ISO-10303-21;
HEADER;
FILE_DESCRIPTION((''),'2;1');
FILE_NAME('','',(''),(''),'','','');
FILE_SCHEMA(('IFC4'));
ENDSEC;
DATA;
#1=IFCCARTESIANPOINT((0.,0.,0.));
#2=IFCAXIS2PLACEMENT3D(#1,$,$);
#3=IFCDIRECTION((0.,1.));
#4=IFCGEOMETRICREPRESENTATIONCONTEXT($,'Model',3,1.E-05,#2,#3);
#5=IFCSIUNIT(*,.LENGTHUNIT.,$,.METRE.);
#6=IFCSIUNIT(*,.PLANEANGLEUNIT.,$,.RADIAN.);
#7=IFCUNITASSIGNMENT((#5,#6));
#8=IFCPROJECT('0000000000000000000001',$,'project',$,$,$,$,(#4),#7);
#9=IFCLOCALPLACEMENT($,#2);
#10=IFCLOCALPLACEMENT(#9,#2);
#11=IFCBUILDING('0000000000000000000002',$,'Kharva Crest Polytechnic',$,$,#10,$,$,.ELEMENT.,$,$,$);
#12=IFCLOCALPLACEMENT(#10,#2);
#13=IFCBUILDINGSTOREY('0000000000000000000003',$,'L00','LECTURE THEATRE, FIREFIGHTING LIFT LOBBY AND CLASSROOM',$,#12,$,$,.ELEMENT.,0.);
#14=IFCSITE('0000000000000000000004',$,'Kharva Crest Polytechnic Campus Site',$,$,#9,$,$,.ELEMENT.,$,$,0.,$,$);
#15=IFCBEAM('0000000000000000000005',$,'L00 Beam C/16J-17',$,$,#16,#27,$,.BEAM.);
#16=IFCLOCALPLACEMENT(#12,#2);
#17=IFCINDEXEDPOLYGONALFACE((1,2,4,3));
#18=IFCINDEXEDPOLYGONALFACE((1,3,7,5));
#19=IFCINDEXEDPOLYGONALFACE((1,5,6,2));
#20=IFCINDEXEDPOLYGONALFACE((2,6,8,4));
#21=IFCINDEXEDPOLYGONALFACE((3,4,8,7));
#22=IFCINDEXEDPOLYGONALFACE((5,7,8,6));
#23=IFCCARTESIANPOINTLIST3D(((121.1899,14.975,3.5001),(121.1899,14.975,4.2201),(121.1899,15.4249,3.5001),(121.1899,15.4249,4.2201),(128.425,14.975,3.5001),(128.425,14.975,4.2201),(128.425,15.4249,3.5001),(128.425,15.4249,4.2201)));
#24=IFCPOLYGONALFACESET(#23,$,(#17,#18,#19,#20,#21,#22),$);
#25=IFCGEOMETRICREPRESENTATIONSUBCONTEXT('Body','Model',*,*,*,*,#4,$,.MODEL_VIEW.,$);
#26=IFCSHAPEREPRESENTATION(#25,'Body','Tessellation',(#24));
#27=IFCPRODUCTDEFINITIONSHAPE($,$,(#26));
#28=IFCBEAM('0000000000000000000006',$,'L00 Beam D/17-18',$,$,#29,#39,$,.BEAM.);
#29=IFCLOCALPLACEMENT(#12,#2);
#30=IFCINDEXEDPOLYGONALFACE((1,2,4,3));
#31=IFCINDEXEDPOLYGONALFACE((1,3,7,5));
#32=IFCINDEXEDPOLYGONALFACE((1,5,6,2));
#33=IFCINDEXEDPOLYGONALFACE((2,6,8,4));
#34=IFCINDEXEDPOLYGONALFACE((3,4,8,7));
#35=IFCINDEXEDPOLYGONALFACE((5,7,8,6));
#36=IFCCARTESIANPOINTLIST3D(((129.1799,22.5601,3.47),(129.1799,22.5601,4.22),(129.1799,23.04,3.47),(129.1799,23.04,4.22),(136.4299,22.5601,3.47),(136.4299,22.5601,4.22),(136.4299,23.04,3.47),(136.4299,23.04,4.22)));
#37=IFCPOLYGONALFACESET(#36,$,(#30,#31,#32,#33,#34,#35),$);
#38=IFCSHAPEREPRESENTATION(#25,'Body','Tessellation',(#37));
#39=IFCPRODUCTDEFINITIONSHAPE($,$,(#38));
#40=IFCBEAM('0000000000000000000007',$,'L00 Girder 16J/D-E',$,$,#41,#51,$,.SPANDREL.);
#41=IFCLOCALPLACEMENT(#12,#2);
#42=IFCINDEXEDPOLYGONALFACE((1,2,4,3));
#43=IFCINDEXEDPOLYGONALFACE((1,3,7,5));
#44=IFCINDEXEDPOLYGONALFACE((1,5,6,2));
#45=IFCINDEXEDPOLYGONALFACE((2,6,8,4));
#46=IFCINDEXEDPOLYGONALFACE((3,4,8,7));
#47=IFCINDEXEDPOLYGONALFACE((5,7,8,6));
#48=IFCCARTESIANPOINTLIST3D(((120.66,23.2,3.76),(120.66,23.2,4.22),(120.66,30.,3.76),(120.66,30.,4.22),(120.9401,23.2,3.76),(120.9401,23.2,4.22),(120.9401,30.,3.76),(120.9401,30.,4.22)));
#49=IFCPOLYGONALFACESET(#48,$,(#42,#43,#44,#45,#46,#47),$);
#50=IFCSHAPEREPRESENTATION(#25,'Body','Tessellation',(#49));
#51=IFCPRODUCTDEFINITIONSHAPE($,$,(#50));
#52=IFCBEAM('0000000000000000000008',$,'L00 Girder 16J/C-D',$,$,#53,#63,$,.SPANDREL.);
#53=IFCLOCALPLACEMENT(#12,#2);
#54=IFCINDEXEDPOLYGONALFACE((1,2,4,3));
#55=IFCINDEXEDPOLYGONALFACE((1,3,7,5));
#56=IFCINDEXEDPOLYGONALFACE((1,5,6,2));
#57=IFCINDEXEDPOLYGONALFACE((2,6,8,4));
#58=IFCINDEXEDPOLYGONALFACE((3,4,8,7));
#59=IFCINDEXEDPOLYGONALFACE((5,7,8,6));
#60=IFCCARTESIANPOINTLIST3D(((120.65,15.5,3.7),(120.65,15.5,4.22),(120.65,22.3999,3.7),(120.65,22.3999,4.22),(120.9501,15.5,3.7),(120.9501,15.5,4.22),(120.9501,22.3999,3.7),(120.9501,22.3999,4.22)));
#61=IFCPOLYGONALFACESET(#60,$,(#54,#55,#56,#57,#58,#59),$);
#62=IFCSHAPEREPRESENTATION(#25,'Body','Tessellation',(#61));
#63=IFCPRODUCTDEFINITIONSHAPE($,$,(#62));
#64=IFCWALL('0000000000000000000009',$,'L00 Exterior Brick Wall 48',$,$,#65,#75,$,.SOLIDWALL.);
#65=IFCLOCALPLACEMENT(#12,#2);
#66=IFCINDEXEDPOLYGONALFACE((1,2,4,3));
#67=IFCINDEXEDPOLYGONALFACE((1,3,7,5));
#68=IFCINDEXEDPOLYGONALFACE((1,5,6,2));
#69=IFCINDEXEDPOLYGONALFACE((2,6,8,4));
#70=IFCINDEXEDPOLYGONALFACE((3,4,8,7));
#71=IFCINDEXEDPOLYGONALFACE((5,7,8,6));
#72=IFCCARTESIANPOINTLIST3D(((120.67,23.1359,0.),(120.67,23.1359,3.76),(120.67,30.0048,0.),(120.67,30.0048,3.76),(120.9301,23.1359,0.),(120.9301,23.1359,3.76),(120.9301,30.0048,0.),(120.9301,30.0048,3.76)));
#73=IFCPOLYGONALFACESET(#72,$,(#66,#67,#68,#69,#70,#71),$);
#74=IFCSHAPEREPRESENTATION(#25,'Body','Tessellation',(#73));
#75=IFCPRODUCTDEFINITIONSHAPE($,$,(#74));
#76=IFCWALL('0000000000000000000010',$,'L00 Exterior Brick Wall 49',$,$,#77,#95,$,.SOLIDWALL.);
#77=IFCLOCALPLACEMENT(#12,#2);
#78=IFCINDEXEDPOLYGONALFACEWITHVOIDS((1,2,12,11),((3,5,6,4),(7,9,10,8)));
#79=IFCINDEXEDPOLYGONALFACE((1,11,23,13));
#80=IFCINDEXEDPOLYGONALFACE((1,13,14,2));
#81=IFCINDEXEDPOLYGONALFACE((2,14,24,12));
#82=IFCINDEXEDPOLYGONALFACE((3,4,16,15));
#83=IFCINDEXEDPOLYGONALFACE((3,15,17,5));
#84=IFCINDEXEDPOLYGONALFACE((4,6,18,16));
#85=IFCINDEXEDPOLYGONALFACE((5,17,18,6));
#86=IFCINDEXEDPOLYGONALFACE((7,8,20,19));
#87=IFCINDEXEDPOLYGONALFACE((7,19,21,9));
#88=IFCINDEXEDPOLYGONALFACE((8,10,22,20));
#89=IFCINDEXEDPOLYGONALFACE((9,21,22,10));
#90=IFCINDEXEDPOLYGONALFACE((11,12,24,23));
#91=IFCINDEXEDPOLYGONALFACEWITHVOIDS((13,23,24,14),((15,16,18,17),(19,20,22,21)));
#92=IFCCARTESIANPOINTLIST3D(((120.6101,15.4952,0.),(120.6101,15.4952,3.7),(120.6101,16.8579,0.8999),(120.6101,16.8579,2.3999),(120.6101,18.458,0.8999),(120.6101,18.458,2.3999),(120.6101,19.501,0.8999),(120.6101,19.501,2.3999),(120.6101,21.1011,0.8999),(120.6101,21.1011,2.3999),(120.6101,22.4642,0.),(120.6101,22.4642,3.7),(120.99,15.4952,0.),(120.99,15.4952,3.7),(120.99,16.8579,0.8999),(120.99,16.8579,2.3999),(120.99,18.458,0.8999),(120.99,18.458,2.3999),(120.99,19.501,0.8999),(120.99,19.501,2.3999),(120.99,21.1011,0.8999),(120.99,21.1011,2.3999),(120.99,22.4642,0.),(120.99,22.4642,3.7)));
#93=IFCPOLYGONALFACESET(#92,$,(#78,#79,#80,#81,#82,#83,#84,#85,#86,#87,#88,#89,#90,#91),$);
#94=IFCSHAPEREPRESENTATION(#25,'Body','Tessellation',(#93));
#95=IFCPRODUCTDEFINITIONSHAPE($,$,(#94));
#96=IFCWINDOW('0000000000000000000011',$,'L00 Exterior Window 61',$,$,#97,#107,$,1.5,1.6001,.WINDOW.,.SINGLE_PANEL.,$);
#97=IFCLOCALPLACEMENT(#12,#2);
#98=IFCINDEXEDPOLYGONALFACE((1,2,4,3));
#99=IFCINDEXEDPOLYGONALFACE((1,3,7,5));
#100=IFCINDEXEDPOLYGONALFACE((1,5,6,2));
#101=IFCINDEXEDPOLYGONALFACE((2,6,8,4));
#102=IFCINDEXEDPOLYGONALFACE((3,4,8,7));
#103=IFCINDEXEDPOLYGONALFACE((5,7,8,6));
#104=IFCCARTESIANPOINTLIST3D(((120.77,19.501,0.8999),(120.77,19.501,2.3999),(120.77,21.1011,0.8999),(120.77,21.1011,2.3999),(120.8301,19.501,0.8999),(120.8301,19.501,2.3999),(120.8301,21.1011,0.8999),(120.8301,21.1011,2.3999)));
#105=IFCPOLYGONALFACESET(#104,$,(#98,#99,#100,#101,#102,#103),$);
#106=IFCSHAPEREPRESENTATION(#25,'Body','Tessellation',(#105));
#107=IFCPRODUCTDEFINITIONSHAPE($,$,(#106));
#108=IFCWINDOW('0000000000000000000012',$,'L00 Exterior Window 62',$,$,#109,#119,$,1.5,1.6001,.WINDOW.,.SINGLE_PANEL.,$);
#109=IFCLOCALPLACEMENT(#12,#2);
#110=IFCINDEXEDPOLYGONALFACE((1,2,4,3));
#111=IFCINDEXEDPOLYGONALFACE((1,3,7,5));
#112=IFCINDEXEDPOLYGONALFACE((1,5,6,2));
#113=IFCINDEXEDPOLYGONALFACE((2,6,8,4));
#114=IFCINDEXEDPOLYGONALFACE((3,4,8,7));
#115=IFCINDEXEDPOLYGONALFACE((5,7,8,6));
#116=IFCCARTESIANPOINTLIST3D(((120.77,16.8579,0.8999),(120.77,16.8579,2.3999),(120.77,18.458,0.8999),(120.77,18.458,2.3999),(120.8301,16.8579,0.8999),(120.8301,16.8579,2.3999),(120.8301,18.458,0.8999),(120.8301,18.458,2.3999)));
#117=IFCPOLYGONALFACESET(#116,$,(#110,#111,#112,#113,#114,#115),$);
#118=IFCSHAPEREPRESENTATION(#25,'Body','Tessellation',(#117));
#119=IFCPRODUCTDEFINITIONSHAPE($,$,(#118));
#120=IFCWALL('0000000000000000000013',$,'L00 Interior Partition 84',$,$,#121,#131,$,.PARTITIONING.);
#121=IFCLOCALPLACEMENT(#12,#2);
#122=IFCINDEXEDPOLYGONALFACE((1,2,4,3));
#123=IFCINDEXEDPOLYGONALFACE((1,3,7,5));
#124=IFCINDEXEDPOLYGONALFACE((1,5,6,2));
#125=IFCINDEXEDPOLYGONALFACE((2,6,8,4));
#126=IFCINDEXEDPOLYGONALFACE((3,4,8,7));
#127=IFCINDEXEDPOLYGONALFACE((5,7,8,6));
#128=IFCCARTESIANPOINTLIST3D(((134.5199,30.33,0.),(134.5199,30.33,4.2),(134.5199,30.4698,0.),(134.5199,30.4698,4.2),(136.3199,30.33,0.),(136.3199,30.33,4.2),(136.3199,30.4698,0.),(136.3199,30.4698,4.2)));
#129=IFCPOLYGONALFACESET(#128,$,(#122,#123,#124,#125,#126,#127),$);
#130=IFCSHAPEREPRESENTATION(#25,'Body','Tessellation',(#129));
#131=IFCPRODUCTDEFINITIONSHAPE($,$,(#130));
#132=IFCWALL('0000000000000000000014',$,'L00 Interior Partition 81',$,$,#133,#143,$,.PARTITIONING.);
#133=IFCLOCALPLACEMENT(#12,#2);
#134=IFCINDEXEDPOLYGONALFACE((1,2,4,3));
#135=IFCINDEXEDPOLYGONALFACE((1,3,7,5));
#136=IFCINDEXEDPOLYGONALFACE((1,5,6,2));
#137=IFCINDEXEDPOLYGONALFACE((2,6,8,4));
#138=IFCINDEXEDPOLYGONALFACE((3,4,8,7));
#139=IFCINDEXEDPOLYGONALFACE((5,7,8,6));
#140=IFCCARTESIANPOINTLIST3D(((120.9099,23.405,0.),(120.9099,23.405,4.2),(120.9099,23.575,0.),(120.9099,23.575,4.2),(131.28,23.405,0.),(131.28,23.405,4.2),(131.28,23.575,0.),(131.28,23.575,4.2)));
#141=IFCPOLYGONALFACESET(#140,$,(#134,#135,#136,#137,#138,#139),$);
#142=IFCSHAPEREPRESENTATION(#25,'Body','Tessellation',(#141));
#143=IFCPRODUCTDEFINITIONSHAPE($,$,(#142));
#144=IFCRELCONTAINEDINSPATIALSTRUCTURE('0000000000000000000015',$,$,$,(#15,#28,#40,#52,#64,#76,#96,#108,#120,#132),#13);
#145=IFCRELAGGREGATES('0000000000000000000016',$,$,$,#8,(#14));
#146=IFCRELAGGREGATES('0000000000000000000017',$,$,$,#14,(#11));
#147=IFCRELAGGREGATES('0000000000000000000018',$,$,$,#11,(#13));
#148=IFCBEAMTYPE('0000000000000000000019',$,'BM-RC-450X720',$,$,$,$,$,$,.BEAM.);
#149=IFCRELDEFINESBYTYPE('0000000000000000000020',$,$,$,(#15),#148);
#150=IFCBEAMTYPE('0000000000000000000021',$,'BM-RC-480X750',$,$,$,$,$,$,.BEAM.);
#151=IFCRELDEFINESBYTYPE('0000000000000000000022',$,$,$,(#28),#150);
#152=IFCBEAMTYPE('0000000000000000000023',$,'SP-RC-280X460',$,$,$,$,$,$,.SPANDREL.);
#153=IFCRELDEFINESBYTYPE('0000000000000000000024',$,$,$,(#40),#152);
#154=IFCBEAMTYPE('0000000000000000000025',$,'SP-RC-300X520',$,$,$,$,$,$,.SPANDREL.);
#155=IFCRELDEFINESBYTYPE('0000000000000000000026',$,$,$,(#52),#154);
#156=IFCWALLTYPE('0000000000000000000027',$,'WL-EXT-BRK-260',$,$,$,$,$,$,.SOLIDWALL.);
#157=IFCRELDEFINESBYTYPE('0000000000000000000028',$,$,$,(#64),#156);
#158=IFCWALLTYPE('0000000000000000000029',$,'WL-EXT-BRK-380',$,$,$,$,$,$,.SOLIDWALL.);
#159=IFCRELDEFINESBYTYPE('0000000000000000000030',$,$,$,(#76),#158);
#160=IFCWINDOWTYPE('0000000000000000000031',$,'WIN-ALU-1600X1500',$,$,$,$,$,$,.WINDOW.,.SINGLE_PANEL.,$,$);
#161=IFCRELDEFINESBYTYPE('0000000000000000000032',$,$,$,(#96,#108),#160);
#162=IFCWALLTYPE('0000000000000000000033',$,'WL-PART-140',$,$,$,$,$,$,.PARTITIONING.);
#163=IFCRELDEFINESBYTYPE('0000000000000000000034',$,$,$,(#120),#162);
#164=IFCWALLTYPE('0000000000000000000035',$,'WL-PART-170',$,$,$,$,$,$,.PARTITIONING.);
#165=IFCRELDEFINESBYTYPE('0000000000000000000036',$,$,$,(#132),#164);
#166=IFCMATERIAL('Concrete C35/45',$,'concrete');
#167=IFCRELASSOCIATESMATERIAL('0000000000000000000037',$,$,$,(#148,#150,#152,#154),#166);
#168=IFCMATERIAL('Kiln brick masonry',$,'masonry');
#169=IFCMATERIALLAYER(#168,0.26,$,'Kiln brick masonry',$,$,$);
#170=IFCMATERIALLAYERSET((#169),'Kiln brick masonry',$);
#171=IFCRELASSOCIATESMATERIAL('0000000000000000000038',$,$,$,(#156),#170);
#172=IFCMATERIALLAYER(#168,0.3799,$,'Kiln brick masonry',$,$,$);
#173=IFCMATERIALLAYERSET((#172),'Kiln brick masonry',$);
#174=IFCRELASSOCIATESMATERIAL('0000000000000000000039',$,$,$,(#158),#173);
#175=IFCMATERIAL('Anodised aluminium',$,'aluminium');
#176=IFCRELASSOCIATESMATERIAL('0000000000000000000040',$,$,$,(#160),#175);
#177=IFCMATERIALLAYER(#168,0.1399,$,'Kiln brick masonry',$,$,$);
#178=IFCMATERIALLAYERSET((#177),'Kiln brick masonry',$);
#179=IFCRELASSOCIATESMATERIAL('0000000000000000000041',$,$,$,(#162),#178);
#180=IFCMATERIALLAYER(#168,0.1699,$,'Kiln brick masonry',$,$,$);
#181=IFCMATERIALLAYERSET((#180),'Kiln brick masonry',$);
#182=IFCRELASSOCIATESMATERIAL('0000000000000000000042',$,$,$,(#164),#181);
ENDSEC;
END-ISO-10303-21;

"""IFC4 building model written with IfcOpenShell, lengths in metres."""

from ifc_helpers import new_model, si_unit, direction, frame, frame_2d, origin, origin_2d, place, context, subcontext, project, spatial, rectangle, extrude, material, layer, layer_set, material_profile, profile_set, type_object, element, fill, save


model = new_model("IFC4")

# Units and contexts
model_context = context("Model", 3, precision=1e-05, world=origin(), true_north=direction((0.0, 1.0)))
body_context = subcontext(model_context, "Body", "Model", "MODEL_VIEW")
ifc_project = project(units=[si_unit("LENGTHUNIT", "METRE"), si_unit("PLANEANGLEUNIT", "RADIAN")], contexts=[model_context])

# Site, building, storey
site_placement = place(None, origin())
site = spatial("IfcSite", under=ifc_project, at=site_placement, Name="Kharva Crest Polytechnic Campus Site", CompositionType="ELEMENT", RefElevation=0.0)
building_placement = place(site_placement, origin())
building = spatial("IfcBuilding", under=site, at=building_placement, Name="Kharva Crest Polytechnic", CompositionType="ELEMENT")
storey_placement = place(building_placement, origin())
storey = spatial("IfcBuildingStorey", under=building, at=storey_placement, Name="L00", Description="LECTURE THEATRE, FIREFIGHTING LIFT LOBBY AND CLASSROOM", CompositionType="ELEMENT", Elevation=0.0)

# Beams
ifc_material_1 = material(Name="Concrete C35/45", Category="concrete")
ifc_material_profile_1 = material_profile(ifc_material_1, rectangle(XDim=0.45, YDim=0.72, at=origin_2d()), Name="RECT 450 X 720")
ifc_profile_set_1 = profile_set([ifc_material_profile_1], Name="Concrete C35/45")
beam_type_1 = type_object("IfcBeamType", Name="BM-RC-450X720", PredefinedType="BEAM", material=ifc_profile_set_1)
beam_1_placement = place(storey_placement, frame((121.1899, 15.2, 3.8601), z_axis=(1.0, 0.0, 0.0), x_axis=(0.0, 1.0, 0.0)))
element("IfcBeam", 1, at=beam_1_placement, inside=storey, type_object=beam_type_1, Name="L00 Beam C/16J-17", PredefinedType="BEAM", context=body_context, shape_type="SweptSolid", body=[
    extrude(rectangle(XDim=0.45, YDim=0.72, at=origin_2d()), origin(), (0.0, 0.0, 1.0), 7.2351),
])
ifc_material_profile_2 = material_profile(ifc_material_1, rectangle(XDim=0.48, YDim=0.75, at=origin_2d()), Name="RECT 480 X 750")
ifc_profile_set_2 = profile_set([ifc_material_profile_2], Name="Concrete C35/45")
beam_type_2 = type_object("IfcBeamType", Name="BM-RC-480X750", PredefinedType="BEAM", material=ifc_profile_set_2)
beam_2_placement = place(storey_placement, frame((129.1799, 22.8, 3.845), z_axis=(1.0, 0.0, 0.0), x_axis=(0.0, 1.0, 0.0)))
element("IfcBeam", 2, at=beam_2_placement, inside=storey, type_object=beam_type_2, Name="L00 Beam D/17-18", PredefinedType="BEAM", context=body_context, shape_type="SweptSolid", body=[
    extrude(rectangle(XDim=0.48, YDim=0.75, at=origin_2d()), origin(), (0.0, 0.0, 1.0), 7.25),
])
ifc_material_profile_3 = material_profile(ifc_material_1, rectangle(XDim=0.28, YDim=0.46, at=origin_2d()), Name="RECT 280 X 460")
ifc_profile_set_3 = profile_set([ifc_material_profile_3], Name="Concrete C35/45")
beam_type_3 = type_object("IfcBeamType", Name="SP-RC-280X460", PredefinedType="SPANDREL", material=ifc_profile_set_3)
beam_3_placement = place(storey_placement, frame((120.8, 23.2, 3.99), z_axis=(0.0, 1.0, 0.0), x_axis=(-1.0, 0.0, 0.0)))
element("IfcBeam", 3, at=beam_3_placement, inside=storey, type_object=beam_type_3, Name="L00 Girder 16J/D-E", PredefinedType="SPANDREL", context=body_context, shape_type="SweptSolid", body=[
    extrude(rectangle(XDim=0.28, YDim=0.46, at=origin_2d()), origin(), (0.0, 0.0, 1.0), 6.8),
])
ifc_material_profile_4 = material_profile(ifc_material_1, rectangle(XDim=0.3, YDim=0.52, at=origin_2d()), Name="RECT 300 X 520")
ifc_profile_set_4 = profile_set([ifc_material_profile_4], Name="Concrete C35/45")
beam_type_4 = type_object("IfcBeamType", Name="SP-RC-300X520", PredefinedType="SPANDREL", material=ifc_profile_set_4)
beam_4_placement = place(storey_placement, frame((120.8, 15.5, 3.96), z_axis=(0.0, 1.0, 0.0), x_axis=(-1.0, 0.0, 0.0)))
element("IfcBeam", 4, at=beam_4_placement, inside=storey, type_object=beam_type_4, Name="L00 Girder 16J/C-D", PredefinedType="SPANDREL", context=body_context, shape_type="SweptSolid", body=[
    extrude(rectangle(XDim=0.3, YDim=0.52, at=origin_2d()), origin(), (0.0, 0.0, 1.0), 6.8999),
])

# Wall
ifc_material_2 = material(Name="Kiln brick masonry", Category="masonry")
ifc_layer_1 = layer(ifc_material_2, 0.26, Name="Kiln brick masonry")
ifc_layer_set_1 = layer_set([ifc_layer_1], Name="Kiln brick masonry")
wall_type_1 = type_object("IfcWallType", Name="WL-EXT-BRK-260", PredefinedType="SOLIDWALL", material=ifc_layer_set_1)
wall_1_placement = place(storey_placement, frame((120.8, 30.0049, 0.0), z_axis=(0.0, 0.0, 1.0), x_axis=(0.0, -1.0, 0.0)))
element("IfcWall", 5, at=wall_1_placement, inside=storey, type_object=wall_type_1, Name="L00 Exterior Brick Wall 48", PredefinedType="SOLIDWALL", context=body_context, shape_type="SweptSolid", body=[
    extrude(rectangle(XDim=6.8689, YDim=0.26, at=frame_2d((3.4346, 0.0))), origin(), (0.0, 0.0, 1.0), 3.76),
])

# Wall, openings, windows
ifc_layer_2 = layer(ifc_material_2, 0.3799, Name="Kiln brick masonry")
ifc_layer_set_2 = layer_set([ifc_layer_2], Name="Kiln brick masonry")
wall_type_2 = type_object("IfcWallType", Name="WL-EXT-BRK-380", PredefinedType="SOLIDWALL", material=ifc_layer_set_2)
wall_2_placement = place(storey_placement, frame((120.8, 22.4641, 0.0), z_axis=(0.0, 0.0, 1.0), x_axis=(0.0, -1.0, 0.0)))
wall_2 = element("IfcWall", 6, at=wall_2_placement, inside=storey, type_object=wall_type_2, Name="L00 Exterior Brick Wall 49", PredefinedType="SOLIDWALL", context=body_context, shape_type="SweptSolid", body=[
    extrude(rectangle(XDim=6.969, YDim=0.3799, at=frame_2d((3.4844, 0.0))), origin(), (0.0, 0.0, 1.0), 3.7),
])
opening_1_placement = place(wall_2_placement, frame((1.363, 0.0, 0.8999)))
opening_1 = element("IfcOpeningElement", 7, at=opening_1_placement, cuts=wall_2, PredefinedType="OPENING", context=body_context, shape_type="SweptSolid", body=[
    extrude(rectangle(XDim=1.6001, YDim=1.5, at=frame_2d((0.8, 0.75))), frame((0.0, 0.2, 0.0), z_axis=(0.0, -1.0, 0.0), x_axis=(1.0, 0.0, 0.0)), (0.0, 0.0, 1.0), 0.3999),
])
opening_2_placement = place(wall_2_placement, frame((4.0061, 0.0, 0.8999)))
opening_2 = element("IfcOpeningElement", 8, at=opening_2_placement, cuts=wall_2, PredefinedType="OPENING", context=body_context, shape_type="SweptSolid", body=[
    extrude(rectangle(XDim=1.6001, YDim=1.5, at=frame_2d((0.8, 0.75))), frame((0.0, 0.2, 0.0), z_axis=(0.0, -1.0, 0.0), x_axis=(1.0, 0.0, 0.0)), (0.0, 0.0, 1.0), 0.3999),
])
ifc_material_3 = material(Name="Anodised aluminium", Category="aluminium")
window_type = type_object("IfcWindowType", Name="WIN-ALU-1600X1500", PartitioningType="SINGLE_PANEL", PredefinedType="WINDOW", material=ifc_material_3)
window_1_placement = place(opening_1_placement, origin())
window_1 = element("IfcWindow", 9, at=window_1_placement, inside=storey, type_object=window_type, Name="L00 Exterior Window 61", OverallHeight=1.5, OverallWidth=1.6001, PartitioningType="SINGLE_PANEL", PredefinedType="WINDOW", context=body_context, shape_type="SweptSolid", body=[
    extrude(rectangle(XDim=1.6001, YDim=1.5, at=frame_2d((0.8, 0.75))), frame((0.0, 0.03, 0.0), z_axis=(0.0, -1.0, 0.0), x_axis=(1.0, 0.0, 0.0)), (0.0, 0.0, 1.0), 0.0601),
])
fill(opening_1, window_1)
window_2_placement = place(opening_2_placement, origin())
window_2 = element("IfcWindow", 10, at=window_2_placement, inside=storey, type_object=window_type, Name="L00 Exterior Window 62", OverallHeight=1.5, OverallWidth=1.6001, PartitioningType="SINGLE_PANEL", PredefinedType="WINDOW", context=body_context, shape_type="SweptSolid", body=[
    extrude(rectangle(XDim=1.6001, YDim=1.5, at=frame_2d((0.8, 0.75))), frame((0.0, 0.03, 0.0), z_axis=(0.0, -1.0, 0.0), x_axis=(1.0, 0.0, 0.0)), (0.0, 0.0, 1.0), 0.0601),
])
fill(opening_2, window_2)

# Walls
ifc_layer_3 = layer(ifc_material_2, 0.1399, Name="Kiln brick masonry")
ifc_layer_set_3 = layer_set([ifc_layer_3], Name="Kiln brick masonry")
wall_type_3 = type_object("IfcWallType", Name="WL-PART-140", PredefinedType="PARTITIONING", material=ifc_layer_set_3)
wall_3_placement = place(storey_placement, frame((134.52, 30.3999, 0.0), z_axis=(0.0, 0.0, 1.0), x_axis=(1.0, 0.0, 0.0)))
element("IfcWall", 11, at=wall_3_placement, inside=storey, type_object=wall_type_3, Name="L00 Interior Partition 84", PredefinedType="PARTITIONING", context=body_context, shape_type="SweptSolid", body=[
    extrude(rectangle(XDim=1.8, YDim=0.1399, at=frame_2d((0.8999, 0.0))), origin(), (0.0, 0.0, 1.0), 4.2),
])
ifc_layer_4 = layer(ifc_material_2, 0.1699, Name="Kiln brick masonry")
ifc_layer_set_4 = layer_set([ifc_layer_4], Name="Kiln brick masonry")
wall_type_4 = type_object("IfcWallType", Name="WL-PART-170", PredefinedType="PARTITIONING", material=ifc_layer_set_4)
wall_4_placement = place(storey_placement, frame((120.9099, 23.49, 0.0), z_axis=(0.0, 0.0, 1.0), x_axis=(1.0, 0.0, 0.0)))
element("IfcWall", 12, at=wall_4_placement, inside=storey, type_object=wall_type_4, Name="L00 Interior Partition 81", PredefinedType="PARTITIONING", context=body_context, shape_type="SweptSolid", body=[
    extrude(rectangle(XDim=10.3701, YDim=0.1699, at=frame_2d((5.1851, 0.0))), origin(), (0.0, 0.0, 1.0), 4.2),
])

save(model, "model.ifc")
